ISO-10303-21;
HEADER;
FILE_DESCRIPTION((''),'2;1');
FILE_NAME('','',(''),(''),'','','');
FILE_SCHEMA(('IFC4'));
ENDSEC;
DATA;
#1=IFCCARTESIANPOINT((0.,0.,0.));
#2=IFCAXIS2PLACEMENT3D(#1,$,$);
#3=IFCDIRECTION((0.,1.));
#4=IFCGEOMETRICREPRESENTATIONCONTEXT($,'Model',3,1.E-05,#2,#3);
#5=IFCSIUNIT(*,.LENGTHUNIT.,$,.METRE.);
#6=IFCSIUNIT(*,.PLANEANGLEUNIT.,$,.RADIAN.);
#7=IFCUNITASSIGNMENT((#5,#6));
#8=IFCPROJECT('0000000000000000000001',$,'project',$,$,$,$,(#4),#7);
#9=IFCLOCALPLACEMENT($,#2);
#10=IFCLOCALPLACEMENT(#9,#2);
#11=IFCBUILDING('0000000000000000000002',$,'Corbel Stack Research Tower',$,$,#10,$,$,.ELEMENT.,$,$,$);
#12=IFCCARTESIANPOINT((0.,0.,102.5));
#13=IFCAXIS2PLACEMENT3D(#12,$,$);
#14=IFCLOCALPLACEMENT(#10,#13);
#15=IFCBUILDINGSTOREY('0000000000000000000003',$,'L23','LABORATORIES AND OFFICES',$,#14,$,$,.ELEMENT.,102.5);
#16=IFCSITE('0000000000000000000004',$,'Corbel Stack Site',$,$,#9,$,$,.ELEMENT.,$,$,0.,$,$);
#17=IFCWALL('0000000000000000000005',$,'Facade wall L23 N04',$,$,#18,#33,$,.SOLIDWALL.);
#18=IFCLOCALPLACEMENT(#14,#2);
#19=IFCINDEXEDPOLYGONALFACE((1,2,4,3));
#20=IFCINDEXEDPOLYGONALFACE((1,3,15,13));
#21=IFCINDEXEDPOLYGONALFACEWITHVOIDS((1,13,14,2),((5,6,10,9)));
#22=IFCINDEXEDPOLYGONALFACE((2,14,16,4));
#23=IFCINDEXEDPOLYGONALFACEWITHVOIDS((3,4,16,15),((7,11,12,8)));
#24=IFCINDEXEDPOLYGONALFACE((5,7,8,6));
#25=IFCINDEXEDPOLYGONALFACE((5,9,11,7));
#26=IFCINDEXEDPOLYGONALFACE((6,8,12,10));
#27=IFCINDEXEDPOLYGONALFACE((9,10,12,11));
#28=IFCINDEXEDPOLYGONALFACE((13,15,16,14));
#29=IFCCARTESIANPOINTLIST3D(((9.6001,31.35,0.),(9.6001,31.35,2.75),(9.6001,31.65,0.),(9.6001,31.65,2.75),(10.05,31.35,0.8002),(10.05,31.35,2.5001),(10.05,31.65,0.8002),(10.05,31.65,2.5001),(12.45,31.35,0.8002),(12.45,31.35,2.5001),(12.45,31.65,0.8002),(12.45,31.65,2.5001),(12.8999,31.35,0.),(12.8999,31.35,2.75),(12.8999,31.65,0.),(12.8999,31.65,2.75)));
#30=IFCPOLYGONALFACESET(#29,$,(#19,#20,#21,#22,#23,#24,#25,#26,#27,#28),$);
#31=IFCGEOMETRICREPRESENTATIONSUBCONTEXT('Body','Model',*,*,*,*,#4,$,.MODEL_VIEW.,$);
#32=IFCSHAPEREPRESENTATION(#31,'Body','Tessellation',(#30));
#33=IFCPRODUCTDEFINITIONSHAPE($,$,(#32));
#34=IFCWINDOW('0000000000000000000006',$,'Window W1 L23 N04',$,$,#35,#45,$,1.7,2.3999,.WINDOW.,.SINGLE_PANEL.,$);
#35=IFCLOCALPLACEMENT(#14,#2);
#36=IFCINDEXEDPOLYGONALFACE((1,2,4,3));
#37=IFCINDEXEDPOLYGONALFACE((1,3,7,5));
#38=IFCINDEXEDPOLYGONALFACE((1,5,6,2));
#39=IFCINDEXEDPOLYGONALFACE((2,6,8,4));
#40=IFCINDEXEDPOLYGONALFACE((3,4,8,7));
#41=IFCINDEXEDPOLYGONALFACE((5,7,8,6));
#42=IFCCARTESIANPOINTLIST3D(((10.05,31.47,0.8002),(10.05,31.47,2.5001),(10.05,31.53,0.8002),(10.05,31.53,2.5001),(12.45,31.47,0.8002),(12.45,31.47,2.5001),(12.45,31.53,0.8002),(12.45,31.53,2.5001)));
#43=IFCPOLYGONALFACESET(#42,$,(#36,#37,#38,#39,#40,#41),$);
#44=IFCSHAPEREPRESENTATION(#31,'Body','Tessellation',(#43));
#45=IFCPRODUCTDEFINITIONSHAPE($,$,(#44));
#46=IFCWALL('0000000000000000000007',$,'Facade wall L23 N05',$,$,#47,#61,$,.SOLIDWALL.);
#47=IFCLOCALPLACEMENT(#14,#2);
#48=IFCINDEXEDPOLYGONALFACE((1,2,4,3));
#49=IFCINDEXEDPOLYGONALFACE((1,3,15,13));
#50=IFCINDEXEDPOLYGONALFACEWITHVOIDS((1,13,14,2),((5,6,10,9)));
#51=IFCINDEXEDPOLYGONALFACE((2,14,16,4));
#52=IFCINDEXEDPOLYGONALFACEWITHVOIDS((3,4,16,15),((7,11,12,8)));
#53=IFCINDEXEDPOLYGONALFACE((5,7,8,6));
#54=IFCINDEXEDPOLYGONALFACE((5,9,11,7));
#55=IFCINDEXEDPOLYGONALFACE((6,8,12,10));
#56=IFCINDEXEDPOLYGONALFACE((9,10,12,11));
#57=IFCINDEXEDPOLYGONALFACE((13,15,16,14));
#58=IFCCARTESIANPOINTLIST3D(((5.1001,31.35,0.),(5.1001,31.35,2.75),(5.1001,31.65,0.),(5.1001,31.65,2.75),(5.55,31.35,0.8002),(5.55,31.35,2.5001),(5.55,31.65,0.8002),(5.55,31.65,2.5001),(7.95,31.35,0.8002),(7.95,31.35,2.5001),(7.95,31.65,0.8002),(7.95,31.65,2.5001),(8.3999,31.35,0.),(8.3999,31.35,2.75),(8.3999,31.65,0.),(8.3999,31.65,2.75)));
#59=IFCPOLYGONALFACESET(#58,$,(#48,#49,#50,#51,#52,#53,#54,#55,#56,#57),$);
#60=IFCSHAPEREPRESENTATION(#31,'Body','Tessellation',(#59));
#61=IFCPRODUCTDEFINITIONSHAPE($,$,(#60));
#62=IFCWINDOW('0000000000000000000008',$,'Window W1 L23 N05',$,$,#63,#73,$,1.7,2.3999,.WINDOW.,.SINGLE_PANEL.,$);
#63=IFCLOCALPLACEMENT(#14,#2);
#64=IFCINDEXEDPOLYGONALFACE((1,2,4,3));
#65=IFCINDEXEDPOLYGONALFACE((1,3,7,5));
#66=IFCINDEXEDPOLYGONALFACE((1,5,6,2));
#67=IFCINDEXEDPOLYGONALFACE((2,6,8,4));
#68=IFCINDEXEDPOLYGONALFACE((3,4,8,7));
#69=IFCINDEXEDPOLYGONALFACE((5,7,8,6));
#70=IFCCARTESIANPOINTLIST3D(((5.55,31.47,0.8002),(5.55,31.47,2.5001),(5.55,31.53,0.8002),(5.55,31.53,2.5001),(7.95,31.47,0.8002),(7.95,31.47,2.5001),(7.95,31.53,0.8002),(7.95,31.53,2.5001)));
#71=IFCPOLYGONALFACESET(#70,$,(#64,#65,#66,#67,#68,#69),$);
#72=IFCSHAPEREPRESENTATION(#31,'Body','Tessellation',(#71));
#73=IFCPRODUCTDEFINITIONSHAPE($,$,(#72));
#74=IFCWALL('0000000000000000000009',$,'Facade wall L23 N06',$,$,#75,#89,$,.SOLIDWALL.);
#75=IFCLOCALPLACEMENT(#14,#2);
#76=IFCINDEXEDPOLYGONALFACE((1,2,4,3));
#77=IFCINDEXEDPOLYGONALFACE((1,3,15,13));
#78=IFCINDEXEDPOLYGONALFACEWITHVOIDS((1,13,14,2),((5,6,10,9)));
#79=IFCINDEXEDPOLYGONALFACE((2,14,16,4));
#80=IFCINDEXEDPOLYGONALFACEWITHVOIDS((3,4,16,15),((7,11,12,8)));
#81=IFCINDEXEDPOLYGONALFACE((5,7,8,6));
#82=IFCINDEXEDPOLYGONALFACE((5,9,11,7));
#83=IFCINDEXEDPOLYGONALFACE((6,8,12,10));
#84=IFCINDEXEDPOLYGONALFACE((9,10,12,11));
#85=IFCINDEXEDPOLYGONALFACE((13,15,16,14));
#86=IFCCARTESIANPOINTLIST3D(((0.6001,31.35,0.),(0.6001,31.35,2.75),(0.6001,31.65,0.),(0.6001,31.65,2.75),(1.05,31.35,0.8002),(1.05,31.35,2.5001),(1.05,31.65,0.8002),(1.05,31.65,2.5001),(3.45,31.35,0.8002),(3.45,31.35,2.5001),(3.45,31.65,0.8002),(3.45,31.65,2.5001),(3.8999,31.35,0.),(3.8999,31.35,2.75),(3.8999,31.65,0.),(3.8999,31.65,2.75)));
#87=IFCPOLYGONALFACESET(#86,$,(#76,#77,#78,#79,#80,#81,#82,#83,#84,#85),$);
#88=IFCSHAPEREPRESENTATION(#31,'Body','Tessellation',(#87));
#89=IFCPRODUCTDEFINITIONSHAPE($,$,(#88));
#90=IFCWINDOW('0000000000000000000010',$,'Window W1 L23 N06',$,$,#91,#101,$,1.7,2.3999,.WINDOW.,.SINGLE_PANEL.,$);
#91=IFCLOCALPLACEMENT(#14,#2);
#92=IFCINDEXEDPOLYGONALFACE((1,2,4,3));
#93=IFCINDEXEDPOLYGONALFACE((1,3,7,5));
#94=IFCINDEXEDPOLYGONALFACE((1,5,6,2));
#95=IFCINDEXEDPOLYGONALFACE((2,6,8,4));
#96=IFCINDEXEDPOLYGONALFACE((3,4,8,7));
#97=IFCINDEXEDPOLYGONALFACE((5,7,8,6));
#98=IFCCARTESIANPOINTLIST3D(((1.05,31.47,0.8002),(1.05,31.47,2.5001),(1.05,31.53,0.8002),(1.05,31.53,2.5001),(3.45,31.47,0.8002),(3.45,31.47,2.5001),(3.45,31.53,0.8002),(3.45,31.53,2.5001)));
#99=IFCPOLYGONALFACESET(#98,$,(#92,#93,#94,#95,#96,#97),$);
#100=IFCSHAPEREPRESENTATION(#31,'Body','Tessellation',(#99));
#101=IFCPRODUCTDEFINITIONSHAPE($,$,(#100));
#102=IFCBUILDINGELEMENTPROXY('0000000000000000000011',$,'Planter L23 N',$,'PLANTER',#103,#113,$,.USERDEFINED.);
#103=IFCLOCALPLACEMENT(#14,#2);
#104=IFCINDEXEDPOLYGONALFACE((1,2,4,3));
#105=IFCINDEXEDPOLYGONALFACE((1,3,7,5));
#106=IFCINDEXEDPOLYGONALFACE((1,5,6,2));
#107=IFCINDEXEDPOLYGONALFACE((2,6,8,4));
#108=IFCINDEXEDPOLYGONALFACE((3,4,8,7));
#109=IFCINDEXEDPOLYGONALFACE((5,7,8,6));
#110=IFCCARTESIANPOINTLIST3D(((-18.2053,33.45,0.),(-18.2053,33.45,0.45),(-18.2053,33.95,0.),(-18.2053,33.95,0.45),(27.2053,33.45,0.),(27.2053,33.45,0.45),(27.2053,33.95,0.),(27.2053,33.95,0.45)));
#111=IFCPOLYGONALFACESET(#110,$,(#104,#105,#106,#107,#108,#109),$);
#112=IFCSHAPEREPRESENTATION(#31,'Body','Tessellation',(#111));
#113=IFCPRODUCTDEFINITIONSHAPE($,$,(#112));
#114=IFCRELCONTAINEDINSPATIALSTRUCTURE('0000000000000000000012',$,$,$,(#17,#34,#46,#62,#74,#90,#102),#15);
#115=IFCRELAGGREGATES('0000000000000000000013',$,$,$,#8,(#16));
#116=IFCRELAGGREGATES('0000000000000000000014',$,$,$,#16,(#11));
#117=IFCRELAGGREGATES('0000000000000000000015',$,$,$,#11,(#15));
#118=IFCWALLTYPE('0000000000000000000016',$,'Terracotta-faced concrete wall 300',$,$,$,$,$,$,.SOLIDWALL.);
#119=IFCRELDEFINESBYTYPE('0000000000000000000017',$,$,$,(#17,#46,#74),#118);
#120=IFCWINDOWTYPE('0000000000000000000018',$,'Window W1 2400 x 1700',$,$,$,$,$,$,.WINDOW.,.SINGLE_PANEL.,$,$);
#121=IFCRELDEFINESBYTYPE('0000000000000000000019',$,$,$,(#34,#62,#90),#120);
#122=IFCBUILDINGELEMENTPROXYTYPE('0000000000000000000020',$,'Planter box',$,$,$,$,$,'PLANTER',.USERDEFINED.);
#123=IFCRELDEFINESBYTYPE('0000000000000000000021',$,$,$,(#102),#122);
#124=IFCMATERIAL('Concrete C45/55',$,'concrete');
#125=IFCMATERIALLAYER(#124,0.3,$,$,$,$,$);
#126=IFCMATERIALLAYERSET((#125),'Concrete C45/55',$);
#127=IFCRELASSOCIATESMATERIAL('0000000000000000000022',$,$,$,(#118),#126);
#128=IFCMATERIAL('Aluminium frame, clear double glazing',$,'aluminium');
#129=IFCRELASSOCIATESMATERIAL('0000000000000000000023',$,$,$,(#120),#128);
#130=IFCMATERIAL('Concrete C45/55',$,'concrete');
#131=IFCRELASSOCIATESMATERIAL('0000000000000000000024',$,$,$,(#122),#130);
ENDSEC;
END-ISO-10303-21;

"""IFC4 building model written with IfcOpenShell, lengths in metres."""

from ifc_helpers import new_model, si_unit, direction, frame, frame_2d, origin, origin_2d, place, context, subcontext, project, spatial, rectangle, extrude, material, layer, layer_set, type_object, element, fill, save


model = new_model("IFC4")

# Units and contexts
model_context = context("Model", 3, precision=1e-05, world=origin(), true_north=direction((0.0, 1.0)))
body_context = subcontext(model_context, "Body", "Model", "MODEL_VIEW")
ifc_project = project(units=[si_unit("LENGTHUNIT", "METRE"), si_unit("PLANEANGLEUNIT", "RADIAN")], contexts=[model_context])

# Site, building, storey
site_placement = place(None, origin())
site = spatial("IfcSite", under=ifc_project, at=site_placement, Name="Corbel Stack Site", CompositionType="ELEMENT", RefElevation=0.0)
building_placement = place(site_placement, origin())
building = spatial("IfcBuilding", under=site, at=building_placement, Name="Corbel Stack Research Tower", CompositionType="ELEMENT")
storey_placement = place(building_placement, frame((0.0, 0.0, 102.5)))
storey = spatial("IfcBuildingStorey", under=building, at=storey_placement, Name="L23", Description="LABORATORIES AND OFFICES", CompositionType="ELEMENT", Elevation=102.5)

# Walls, openings, windows
ifc_material_1 = material(Name="Concrete C45/55", Category="concrete")
ifc_layer_1 = layer(ifc_material_1, 0.3)
ifc_layer_set_1 = layer_set([ifc_layer_1], Name="Concrete C45/55")
wall_type_1 = type_object("IfcWallType", Name="Terracotta-faced concrete wall 300", PredefinedType="SOLIDWALL", material=ifc_layer_set_1)
ifc_material_2 = material(Name="Aluminium frame, clear double glazing", Category="aluminium")
window_type = type_object("IfcWindowType", Name="Window W1 2400 x 1700", PartitioningType="SINGLE_PANEL", PredefinedType="WINDOW", material=ifc_material_2)
wall_1_placement = place(storey_placement, frame((9.6001, 31.5, 0.0), z_axis=(0.0, 0.0, 1.0), x_axis=(1.0, 0.0, 0.0)))
wall_1 = element("IfcWall", 1, at=wall_1_placement, inside=storey, type_object=wall_type_1, Name="Facade wall L23 N04", PredefinedType="SOLIDWALL", context=body_context, shape_type="SweptSolid", body=[
    extrude(rectangle(XDim=3.2998, YDim=0.3, at=frame_2d((1.6499, 0.0))), origin(), (0.0, 0.0, 1.0), 2.75),
])
opening_1_placement = place(wall_1_placement, frame((0.45, 0.0, 0.8)))
opening_1 = element("IfcOpeningElement", 2, at=opening_1_placement, cuts=wall_1, PredefinedType="OPENING", context=body_context, shape_type="SweptSolid", body=[
    extrude(rectangle(XDim=2.3999, YDim=1.7, at=frame_2d((1.2, 0.8501))), frame((0.0, 0.1599, 0.0), z_axis=(0.0, -1.0, 0.0), x_axis=(1.0, 0.0, 0.0)), (0.0, 0.0, 1.0), 0.3201),
])
window_1_placement = place(opening_1_placement, origin())
window_1 = element("IfcWindow", 3, at=window_1_placement, inside=storey, type_object=window_type, Name="Window W1 L23 N04", OverallHeight=1.7, OverallWidth=2.3999, PartitioningType="SINGLE_PANEL", PredefinedType="WINDOW", context=body_context, shape_type="SweptSolid", body=[
    extrude(rectangle(XDim=2.3999, YDim=1.7, at=frame_2d((1.2, 0.8501))), frame((0.0, 0.03, 0.0), z_axis=(0.0, -1.0, 0.0), x_axis=(1.0, 0.0, 0.0)), (0.0, 0.0, 1.0), 0.0601),
])
fill(opening_1, window_1)
wall_2_placement = place(storey_placement, frame((5.1001, 31.5, 0.0), z_axis=(0.0, 0.0, 1.0), x_axis=(1.0, 0.0, 0.0)))
wall_2 = element("IfcWall", 4, at=wall_2_placement, inside=storey, type_object=wall_type_1, Name="Facade wall L23 N05", PredefinedType="SOLIDWALL", context=body_context, shape_type="SweptSolid", body=[
    extrude(rectangle(XDim=3.2998, YDim=0.3, at=frame_2d((1.6499, 0.0))), origin(), (0.0, 0.0, 1.0), 2.75),
])
opening_2_placement = place(wall_2_placement, frame((0.45, 0.0, 0.8)))
opening_2 = element("IfcOpeningElement", 5, at=opening_2_placement, cuts=wall_2, PredefinedType="OPENING", context=body_context, shape_type="SweptSolid", body=[
    extrude(rectangle(XDim=2.3999, YDim=1.7, at=frame_2d((1.2, 0.8501))), frame((0.0, 0.1599, 0.0), z_axis=(0.0, -1.0, 0.0), x_axis=(1.0, 0.0, 0.0)), (0.0, 0.0, 1.0), 0.3201),
])
window_2_placement = place(opening_2_placement, origin())
window_2 = element("IfcWindow", 6, at=window_2_placement, inside=storey, type_object=window_type, Name="Window W1 L23 N05", OverallHeight=1.7, OverallWidth=2.3999, PartitioningType="SINGLE_PANEL", PredefinedType="WINDOW", context=body_context, shape_type="SweptSolid", body=[
    extrude(rectangle(XDim=2.3999, YDim=1.7, at=frame_2d((1.2, 0.8501))), frame((0.0, 0.03, 0.0), z_axis=(0.0, -1.0, 0.0), x_axis=(1.0, 0.0, 0.0)), (0.0, 0.0, 1.0), 0.0601),
])
fill(opening_2, window_2)
wall_3_placement = place(storey_placement, frame((0.6001, 31.5, 0.0), z_axis=(0.0, 0.0, 1.0), x_axis=(1.0, 0.0, 0.0)))
wall_3 = element("IfcWall", 7, at=wall_3_placement, inside=storey, type_object=wall_type_1, Name="Facade wall L23 N06", PredefinedType="SOLIDWALL", context=body_context, shape_type="SweptSolid", body=[
    extrude(rectangle(XDim=3.2998, YDim=0.3, at=frame_2d((1.6499, 0.0))), origin(), (0.0, 0.0, 1.0), 2.75),
])
opening_3_placement = place(wall_3_placement, frame((0.45, 0.0, 0.8)))
opening_3 = element("IfcOpeningElement", 8, at=opening_3_placement, cuts=wall_3, PredefinedType="OPENING", context=body_context, shape_type="SweptSolid", body=[
    extrude(rectangle(XDim=2.3999, YDim=1.7, at=frame_2d((1.2, 0.8501))), frame((0.0, 0.1599, 0.0), z_axis=(0.0, -1.0, 0.0), x_axis=(1.0, 0.0, 0.0)), (0.0, 0.0, 1.0), 0.3201),
])
window_3_placement = place(opening_3_placement, origin())
window_3 = element("IfcWindow", 9, at=window_3_placement, inside=storey, type_object=window_type, Name="Window W1 L23 N06", OverallHeight=1.7, OverallWidth=2.3999, PartitioningType="SINGLE_PANEL", PredefinedType="WINDOW", context=body_context, shape_type="SweptSolid", body=[
    extrude(rectangle(XDim=2.3999, YDim=1.7, at=frame_2d((1.2, 0.8501))), frame((0.0, 0.03, 0.0), z_axis=(0.0, -1.0, 0.0), x_axis=(1.0, 0.0, 0.0)), (0.0, 0.0, 1.0), 0.0601),
])
fill(opening_3, window_3)

# Building element proxy
ifc_material_3 = material(Name="Concrete C45/55", Category="concrete")
building_element_proxy_type = type_object("IfcBuildingElementProxyType", Name="Planter box", ElementType="PLANTER", PredefinedType="USERDEFINED", material=ifc_material_3)
proxy_placement = place(storey_placement, frame((4.5, 33.7, 0.0), z_axis=(0.0, 0.0, 1.0), x_axis=(-1.0, 0.0, 0.0)))
element("IfcBuildingElementProxy", 10, at=proxy_placement, inside=storey, type_object=building_element_proxy_type, Name="Planter L23 N", ObjectType="PLANTER", PredefinedType="USERDEFINED", context=body_context, shape_type="SweptSolid", body=[
    extrude(rectangle(XDim=45.4106, YDim=0.5, at=origin_2d()), origin(), (0.0, 0.0, 1.0), 0.45),
])

save(model, "model.ifc")
